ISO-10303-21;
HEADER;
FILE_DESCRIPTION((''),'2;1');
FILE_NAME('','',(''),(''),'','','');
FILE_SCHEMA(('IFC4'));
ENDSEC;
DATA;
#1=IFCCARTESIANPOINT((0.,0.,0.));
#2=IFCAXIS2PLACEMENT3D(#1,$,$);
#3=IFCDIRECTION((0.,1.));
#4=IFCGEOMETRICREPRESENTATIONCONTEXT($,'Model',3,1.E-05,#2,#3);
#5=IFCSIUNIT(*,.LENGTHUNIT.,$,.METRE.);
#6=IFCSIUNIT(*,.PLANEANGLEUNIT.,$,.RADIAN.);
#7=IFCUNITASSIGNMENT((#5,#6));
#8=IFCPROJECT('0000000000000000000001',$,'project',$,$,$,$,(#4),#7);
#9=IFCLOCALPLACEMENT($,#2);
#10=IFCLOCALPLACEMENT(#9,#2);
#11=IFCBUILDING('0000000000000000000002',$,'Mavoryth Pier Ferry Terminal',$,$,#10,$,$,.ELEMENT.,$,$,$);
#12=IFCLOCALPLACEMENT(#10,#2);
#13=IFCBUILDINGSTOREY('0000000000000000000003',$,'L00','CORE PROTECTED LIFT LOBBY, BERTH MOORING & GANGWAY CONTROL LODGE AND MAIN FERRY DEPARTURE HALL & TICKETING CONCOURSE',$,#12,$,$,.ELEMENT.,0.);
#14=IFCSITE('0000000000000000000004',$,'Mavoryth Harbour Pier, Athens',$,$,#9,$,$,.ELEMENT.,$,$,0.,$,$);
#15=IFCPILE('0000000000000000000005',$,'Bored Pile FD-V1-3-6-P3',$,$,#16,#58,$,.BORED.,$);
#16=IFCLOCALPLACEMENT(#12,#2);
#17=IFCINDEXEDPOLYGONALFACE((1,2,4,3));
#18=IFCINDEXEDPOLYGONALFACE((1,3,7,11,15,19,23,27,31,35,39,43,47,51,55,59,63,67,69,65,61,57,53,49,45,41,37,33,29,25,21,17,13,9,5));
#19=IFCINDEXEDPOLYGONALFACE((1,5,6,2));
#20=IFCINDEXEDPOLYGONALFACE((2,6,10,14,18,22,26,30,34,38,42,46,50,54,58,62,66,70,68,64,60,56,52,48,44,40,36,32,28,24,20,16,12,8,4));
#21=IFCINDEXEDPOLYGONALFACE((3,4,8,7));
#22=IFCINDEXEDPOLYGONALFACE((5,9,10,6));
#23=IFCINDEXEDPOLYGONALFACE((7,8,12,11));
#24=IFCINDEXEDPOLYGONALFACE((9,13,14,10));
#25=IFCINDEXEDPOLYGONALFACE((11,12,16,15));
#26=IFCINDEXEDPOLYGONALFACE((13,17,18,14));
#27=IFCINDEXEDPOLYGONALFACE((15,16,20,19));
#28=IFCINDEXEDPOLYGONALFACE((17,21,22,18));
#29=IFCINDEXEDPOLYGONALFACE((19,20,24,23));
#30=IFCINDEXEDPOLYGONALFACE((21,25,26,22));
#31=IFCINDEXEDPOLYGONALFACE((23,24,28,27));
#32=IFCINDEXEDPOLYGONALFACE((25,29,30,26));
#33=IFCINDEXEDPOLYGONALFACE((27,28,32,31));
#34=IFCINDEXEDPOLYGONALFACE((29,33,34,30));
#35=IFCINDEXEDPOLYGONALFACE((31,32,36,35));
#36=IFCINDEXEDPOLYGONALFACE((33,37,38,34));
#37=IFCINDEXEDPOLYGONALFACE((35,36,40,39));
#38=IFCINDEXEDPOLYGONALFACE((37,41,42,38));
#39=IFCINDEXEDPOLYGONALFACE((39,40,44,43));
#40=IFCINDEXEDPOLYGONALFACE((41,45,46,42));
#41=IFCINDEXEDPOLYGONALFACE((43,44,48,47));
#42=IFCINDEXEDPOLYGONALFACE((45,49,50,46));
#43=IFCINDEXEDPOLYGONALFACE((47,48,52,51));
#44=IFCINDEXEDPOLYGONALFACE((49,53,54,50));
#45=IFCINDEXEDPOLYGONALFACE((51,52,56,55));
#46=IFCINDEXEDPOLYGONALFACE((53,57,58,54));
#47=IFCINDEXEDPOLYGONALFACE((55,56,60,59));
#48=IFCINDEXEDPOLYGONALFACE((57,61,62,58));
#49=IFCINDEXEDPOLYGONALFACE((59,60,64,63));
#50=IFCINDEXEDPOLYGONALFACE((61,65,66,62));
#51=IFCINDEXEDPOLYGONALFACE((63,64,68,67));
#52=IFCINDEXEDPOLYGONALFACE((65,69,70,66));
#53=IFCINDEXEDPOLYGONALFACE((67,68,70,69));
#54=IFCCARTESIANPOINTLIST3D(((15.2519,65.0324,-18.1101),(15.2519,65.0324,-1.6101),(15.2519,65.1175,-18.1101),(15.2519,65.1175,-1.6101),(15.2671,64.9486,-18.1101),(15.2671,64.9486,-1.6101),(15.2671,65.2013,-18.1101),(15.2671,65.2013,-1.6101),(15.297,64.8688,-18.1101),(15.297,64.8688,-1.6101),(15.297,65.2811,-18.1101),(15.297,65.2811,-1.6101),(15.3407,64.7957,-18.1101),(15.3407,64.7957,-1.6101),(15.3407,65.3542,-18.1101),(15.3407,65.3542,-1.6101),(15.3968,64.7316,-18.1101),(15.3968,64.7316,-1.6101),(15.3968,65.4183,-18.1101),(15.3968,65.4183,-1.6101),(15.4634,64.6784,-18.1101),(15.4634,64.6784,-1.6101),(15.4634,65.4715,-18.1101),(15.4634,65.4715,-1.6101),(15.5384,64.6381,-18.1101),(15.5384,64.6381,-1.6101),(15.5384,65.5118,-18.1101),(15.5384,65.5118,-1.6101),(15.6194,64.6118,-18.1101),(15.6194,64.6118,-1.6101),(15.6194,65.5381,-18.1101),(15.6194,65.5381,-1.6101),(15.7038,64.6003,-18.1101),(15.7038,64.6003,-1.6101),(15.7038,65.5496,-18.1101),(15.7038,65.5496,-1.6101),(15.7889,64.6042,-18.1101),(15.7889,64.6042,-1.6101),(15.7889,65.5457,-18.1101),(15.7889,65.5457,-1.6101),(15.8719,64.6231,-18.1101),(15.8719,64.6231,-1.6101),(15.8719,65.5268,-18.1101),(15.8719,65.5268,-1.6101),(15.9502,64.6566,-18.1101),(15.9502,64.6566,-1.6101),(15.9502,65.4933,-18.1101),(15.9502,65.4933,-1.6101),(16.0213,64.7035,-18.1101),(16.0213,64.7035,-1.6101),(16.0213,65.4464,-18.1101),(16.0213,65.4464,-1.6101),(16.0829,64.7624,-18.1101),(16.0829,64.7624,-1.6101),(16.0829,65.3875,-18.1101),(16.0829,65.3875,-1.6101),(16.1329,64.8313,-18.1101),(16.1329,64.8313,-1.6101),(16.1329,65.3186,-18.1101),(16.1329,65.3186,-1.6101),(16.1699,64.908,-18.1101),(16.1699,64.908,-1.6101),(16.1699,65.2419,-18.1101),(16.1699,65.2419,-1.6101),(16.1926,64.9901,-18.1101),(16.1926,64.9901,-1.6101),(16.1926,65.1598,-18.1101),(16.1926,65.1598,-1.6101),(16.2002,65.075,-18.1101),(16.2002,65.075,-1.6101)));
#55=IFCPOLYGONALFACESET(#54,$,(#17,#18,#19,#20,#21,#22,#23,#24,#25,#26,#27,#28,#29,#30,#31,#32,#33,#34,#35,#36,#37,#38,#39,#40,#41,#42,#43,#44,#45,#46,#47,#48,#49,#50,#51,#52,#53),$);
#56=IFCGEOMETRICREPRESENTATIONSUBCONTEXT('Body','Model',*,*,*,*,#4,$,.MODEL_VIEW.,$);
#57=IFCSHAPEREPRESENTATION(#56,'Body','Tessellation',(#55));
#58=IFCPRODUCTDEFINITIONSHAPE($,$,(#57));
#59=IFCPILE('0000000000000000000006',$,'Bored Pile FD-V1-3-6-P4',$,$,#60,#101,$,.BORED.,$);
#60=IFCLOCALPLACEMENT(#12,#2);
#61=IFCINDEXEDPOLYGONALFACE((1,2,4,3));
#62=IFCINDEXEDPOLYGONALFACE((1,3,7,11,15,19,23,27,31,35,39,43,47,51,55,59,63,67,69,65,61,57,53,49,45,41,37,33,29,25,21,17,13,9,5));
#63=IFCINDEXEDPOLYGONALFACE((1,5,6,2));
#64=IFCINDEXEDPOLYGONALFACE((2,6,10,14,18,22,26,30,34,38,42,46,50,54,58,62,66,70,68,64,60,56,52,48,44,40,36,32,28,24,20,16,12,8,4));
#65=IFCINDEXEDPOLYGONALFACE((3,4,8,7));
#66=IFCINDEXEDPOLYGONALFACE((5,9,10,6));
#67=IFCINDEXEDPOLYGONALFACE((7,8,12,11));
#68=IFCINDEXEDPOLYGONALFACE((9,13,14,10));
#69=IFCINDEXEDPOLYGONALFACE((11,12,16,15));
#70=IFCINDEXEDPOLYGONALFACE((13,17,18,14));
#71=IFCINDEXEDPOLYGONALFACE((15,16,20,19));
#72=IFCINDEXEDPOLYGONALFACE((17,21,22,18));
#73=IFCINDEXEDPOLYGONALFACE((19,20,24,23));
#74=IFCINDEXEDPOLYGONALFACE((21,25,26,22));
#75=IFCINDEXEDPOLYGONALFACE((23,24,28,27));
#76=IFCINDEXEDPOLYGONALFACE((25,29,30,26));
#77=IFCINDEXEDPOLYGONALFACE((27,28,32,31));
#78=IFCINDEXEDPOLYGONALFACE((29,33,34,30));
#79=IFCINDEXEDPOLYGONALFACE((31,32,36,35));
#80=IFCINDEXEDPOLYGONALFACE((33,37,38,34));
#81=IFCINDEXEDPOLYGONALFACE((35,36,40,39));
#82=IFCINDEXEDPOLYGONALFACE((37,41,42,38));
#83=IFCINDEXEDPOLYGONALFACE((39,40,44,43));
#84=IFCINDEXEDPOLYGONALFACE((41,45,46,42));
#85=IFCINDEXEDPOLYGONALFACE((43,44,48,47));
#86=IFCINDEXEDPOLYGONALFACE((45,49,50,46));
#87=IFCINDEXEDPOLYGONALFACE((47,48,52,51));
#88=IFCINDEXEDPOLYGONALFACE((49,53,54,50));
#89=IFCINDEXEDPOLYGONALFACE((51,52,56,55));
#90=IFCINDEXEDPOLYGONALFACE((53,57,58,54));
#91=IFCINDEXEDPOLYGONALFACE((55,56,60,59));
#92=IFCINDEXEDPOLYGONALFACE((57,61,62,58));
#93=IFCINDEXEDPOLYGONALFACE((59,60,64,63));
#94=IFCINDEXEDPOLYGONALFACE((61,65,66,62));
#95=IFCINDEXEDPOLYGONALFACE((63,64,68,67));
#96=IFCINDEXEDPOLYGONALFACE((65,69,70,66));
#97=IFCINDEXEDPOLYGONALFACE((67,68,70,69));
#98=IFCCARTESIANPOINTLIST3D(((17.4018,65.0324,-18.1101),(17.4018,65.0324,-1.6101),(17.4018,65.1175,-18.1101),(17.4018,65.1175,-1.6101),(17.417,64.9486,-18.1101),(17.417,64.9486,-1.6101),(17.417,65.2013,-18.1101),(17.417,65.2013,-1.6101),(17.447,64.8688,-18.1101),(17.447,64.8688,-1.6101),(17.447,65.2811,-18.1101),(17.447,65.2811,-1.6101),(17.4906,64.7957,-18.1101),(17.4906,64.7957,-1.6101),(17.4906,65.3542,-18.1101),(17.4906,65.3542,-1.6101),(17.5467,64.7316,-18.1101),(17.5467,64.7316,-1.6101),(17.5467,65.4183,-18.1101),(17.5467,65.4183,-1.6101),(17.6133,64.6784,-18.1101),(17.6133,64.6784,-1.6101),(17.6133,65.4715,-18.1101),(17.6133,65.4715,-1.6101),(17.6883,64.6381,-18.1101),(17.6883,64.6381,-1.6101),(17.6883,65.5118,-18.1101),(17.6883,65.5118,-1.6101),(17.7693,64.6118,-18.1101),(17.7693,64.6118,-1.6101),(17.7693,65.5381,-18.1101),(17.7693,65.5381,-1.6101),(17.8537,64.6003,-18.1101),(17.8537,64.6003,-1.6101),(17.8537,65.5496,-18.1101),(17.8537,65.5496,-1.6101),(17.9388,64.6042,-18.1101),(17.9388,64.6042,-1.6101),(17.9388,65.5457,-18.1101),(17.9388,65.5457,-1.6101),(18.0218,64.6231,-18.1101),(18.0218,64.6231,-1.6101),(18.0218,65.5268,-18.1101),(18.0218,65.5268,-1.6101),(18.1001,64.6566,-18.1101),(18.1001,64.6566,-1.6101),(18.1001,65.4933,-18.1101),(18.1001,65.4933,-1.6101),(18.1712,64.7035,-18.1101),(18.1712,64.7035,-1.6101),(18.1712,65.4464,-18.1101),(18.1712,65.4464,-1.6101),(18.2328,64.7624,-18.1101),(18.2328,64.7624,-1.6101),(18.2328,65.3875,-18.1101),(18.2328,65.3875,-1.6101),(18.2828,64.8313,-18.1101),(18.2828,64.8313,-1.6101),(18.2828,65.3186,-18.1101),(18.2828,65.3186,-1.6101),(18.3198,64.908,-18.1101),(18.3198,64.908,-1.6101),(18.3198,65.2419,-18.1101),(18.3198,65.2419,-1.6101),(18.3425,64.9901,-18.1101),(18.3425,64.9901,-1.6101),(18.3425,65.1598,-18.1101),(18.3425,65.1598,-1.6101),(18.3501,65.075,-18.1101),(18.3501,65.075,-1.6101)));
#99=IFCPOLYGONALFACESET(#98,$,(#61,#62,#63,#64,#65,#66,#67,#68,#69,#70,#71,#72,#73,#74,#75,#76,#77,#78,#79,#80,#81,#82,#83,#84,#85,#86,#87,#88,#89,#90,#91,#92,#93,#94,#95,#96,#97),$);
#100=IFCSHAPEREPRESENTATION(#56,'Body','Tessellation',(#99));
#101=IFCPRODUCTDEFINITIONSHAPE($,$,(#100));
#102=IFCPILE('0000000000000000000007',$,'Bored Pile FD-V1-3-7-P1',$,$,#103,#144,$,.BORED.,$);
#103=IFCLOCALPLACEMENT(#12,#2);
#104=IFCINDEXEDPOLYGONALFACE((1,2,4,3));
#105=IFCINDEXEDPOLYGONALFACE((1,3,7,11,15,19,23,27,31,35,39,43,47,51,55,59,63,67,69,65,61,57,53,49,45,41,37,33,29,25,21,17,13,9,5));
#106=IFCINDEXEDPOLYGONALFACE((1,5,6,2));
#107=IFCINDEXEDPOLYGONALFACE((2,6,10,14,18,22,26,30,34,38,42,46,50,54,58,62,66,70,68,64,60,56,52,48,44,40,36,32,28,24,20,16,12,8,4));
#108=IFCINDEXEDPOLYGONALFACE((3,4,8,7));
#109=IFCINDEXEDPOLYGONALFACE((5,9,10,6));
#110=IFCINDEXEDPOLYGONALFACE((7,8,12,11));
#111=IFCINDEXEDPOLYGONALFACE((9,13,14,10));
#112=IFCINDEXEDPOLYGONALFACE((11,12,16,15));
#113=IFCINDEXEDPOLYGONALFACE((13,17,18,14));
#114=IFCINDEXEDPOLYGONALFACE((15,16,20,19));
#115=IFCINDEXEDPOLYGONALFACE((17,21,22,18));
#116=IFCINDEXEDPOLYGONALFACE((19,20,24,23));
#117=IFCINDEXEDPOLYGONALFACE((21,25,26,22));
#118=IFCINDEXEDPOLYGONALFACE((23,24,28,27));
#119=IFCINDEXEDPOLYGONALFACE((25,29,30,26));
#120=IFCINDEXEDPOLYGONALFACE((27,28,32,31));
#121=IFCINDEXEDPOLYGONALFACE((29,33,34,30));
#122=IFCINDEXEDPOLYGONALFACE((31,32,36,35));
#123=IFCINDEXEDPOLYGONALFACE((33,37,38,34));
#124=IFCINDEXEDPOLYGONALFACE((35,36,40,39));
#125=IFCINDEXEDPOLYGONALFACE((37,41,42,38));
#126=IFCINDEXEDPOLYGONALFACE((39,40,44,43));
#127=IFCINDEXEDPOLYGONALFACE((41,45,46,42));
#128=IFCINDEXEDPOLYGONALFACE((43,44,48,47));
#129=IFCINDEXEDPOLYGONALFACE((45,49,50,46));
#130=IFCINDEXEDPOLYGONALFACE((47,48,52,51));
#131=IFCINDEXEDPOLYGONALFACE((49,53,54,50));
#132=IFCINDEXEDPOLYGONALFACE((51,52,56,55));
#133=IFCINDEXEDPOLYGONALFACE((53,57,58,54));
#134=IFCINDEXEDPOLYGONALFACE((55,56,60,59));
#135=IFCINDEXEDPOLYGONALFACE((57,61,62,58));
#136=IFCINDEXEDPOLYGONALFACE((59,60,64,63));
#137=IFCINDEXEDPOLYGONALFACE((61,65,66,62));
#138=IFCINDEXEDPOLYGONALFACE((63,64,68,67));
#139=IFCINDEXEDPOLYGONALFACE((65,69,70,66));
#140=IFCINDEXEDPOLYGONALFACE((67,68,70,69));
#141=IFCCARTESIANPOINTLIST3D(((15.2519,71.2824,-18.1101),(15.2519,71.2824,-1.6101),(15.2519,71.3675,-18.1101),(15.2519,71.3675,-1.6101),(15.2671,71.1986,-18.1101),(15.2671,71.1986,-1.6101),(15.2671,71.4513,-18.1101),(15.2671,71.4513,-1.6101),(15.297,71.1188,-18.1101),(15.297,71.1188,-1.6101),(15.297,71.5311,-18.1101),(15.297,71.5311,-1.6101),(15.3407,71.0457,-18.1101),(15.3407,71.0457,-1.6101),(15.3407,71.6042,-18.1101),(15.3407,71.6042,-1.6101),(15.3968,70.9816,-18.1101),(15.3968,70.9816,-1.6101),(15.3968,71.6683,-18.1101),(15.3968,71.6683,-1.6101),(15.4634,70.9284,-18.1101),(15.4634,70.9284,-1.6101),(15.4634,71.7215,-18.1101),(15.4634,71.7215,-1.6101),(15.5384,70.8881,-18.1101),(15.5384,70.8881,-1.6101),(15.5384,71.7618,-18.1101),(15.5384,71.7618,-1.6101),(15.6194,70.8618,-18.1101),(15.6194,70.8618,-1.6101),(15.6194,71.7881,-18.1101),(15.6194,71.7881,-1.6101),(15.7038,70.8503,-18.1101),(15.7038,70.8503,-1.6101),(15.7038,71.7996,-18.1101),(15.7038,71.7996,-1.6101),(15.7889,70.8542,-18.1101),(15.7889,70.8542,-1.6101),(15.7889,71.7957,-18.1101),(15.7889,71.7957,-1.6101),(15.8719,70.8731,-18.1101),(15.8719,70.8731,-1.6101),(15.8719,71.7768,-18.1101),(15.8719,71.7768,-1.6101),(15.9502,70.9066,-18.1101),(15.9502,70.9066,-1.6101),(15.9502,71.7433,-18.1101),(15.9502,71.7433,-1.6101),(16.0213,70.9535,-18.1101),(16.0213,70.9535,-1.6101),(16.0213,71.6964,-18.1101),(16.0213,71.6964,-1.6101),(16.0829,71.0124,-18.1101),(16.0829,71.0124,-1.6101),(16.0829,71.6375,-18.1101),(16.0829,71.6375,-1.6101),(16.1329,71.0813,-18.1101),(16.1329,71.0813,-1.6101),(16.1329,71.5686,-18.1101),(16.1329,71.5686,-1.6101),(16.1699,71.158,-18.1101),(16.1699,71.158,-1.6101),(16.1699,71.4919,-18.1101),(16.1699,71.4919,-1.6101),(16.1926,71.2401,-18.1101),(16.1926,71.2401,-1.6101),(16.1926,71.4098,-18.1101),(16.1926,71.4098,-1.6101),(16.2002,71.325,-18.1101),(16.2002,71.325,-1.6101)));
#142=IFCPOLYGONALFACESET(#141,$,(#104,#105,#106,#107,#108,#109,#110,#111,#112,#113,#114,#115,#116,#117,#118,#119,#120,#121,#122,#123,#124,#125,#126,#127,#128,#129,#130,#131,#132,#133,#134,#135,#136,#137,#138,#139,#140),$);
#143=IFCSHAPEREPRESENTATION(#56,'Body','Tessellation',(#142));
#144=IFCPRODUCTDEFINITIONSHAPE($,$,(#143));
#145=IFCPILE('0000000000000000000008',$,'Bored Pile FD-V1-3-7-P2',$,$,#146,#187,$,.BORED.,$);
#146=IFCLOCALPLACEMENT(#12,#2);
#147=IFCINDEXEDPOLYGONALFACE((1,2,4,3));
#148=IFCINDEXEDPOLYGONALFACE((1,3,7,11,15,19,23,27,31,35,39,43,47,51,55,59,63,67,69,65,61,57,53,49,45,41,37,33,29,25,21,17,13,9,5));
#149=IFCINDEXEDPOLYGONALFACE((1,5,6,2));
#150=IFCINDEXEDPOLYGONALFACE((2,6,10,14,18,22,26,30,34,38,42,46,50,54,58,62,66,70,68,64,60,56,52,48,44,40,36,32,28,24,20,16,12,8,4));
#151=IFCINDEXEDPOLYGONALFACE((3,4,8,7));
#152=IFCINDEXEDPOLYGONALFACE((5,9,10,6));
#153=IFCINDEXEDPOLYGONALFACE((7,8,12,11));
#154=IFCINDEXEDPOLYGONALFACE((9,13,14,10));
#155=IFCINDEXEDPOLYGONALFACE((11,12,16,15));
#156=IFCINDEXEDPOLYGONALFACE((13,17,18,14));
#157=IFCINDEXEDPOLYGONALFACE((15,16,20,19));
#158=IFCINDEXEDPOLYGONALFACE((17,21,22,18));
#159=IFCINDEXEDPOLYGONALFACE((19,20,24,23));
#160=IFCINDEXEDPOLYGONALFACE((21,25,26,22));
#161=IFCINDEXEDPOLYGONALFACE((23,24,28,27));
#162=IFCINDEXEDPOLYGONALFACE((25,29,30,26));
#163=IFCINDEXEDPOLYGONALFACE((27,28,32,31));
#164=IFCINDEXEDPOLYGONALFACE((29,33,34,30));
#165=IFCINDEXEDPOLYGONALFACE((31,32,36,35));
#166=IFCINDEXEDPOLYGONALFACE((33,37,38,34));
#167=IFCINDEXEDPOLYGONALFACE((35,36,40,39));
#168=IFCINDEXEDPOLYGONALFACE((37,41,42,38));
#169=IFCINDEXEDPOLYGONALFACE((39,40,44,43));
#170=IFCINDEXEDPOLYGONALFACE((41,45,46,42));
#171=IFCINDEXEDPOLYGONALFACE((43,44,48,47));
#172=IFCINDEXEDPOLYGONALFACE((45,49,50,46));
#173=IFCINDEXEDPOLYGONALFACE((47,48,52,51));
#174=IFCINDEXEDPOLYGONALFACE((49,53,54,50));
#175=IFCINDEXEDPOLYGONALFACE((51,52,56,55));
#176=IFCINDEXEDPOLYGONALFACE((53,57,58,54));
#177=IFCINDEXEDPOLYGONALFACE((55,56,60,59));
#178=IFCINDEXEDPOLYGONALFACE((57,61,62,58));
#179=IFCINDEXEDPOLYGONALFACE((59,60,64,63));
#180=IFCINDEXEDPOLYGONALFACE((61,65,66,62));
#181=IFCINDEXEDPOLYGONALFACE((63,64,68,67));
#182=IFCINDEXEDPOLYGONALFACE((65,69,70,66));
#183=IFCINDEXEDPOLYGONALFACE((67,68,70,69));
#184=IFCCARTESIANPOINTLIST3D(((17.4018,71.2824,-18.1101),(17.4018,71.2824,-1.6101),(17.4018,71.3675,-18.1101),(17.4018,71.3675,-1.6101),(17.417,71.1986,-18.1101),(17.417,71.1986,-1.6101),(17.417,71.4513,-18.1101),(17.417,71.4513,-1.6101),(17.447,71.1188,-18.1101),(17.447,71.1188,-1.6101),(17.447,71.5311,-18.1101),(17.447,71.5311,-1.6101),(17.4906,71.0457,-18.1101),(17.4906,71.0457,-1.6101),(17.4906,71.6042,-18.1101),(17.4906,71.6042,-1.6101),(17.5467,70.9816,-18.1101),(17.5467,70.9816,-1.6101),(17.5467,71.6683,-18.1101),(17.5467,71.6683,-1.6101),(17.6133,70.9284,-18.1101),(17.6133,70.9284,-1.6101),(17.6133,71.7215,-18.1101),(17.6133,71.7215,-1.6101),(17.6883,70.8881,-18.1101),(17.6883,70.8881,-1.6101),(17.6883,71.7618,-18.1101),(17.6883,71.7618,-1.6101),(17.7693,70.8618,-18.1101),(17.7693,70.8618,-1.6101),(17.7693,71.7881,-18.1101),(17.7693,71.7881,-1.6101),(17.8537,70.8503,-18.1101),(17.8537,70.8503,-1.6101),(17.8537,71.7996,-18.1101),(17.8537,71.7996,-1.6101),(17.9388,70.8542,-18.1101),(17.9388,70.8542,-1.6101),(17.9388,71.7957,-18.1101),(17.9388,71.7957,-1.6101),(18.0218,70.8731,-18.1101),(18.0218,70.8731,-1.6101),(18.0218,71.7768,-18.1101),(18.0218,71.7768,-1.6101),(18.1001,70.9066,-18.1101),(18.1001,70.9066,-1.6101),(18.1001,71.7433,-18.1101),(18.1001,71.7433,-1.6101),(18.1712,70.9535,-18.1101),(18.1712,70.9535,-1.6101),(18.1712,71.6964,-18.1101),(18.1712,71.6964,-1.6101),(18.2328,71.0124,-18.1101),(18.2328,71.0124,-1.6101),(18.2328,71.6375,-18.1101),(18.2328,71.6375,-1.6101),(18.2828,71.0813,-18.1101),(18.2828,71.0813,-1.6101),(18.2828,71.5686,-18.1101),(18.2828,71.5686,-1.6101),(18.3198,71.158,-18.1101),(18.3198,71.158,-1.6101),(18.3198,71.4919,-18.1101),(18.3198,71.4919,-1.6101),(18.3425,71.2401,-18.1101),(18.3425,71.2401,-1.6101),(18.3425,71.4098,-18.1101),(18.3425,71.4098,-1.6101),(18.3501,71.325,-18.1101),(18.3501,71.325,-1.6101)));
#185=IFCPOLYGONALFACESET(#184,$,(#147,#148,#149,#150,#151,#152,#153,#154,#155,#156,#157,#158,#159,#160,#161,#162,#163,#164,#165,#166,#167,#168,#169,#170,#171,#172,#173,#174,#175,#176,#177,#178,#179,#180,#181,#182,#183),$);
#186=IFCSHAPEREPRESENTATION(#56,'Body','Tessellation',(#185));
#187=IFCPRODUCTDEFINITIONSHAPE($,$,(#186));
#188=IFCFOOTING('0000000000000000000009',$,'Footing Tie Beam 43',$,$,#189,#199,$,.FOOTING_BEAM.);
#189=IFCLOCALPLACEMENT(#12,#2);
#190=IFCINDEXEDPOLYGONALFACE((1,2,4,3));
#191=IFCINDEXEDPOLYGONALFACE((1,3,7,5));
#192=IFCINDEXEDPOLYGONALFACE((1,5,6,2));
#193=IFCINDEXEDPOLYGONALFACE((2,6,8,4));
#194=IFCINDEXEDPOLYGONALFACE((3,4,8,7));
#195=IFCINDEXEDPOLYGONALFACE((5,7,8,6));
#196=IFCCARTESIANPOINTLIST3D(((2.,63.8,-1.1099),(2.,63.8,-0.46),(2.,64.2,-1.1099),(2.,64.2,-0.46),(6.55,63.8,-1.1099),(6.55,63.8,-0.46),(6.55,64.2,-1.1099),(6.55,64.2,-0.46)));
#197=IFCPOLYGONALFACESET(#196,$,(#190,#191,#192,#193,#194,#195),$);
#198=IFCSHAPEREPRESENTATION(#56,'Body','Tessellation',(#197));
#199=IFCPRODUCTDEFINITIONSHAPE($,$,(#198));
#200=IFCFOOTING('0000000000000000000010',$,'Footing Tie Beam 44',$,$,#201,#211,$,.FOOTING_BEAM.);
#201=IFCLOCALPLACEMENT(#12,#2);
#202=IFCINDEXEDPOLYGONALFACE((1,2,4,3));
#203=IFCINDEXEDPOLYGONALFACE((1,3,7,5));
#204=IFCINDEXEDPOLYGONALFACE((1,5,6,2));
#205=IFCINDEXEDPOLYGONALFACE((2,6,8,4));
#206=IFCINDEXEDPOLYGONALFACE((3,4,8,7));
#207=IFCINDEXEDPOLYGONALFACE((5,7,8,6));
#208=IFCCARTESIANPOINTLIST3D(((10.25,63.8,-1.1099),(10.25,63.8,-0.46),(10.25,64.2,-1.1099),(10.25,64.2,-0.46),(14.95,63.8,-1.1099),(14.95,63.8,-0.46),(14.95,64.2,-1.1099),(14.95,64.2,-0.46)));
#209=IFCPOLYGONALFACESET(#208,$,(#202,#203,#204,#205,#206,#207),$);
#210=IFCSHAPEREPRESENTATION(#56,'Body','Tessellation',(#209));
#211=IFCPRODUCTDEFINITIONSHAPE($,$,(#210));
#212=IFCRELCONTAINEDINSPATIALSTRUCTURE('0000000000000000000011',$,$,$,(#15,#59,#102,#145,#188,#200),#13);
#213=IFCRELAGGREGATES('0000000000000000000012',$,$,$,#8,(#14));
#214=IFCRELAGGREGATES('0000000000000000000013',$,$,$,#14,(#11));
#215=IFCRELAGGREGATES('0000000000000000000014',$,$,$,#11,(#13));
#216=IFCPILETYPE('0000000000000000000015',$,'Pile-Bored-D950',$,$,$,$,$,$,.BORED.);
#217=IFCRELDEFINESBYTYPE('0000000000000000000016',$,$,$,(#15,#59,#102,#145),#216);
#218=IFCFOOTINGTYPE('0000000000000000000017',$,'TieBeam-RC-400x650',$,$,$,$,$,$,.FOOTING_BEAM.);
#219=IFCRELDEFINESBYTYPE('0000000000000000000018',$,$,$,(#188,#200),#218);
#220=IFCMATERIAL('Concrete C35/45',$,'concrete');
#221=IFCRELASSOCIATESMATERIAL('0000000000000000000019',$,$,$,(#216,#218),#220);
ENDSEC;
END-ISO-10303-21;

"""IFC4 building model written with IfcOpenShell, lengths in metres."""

from ifc_helpers import new_model, si_unit, direction, frame, origin, origin_2d, place, context, subcontext, project, spatial, rectangle, circle, extrude, material, material_profile, profile_set, type_object, element, save


model = new_model("IFC4")

# Units and contexts
model_context = context("Model", 3, precision=1e-05, world=origin(), true_north=direction((0.0, 1.0)))
body_context = subcontext(model_context, "Body", "Model", "MODEL_VIEW")
ifc_project = project(units=[si_unit("LENGTHUNIT", "METRE"), si_unit("PLANEANGLEUNIT", "RADIAN")], contexts=[model_context])

# Site, building, storey
site_placement = place(None, origin())
site = spatial("IfcSite", under=ifc_project, at=site_placement, Name="Mavoryth Harbour Pier, Athens", CompositionType="ELEMENT", RefElevation=0.0)
building_placement = place(site_placement, origin())
building = spatial("IfcBuilding", under=site, at=building_placement, Name="Mavoryth Pier Ferry Terminal", CompositionType="ELEMENT")
storey_placement = place(building_placement, origin())
storey = spatial("IfcBuildingStorey", under=building, at=storey_placement, Name="L00", Description="CORE PROTECTED LIFT LOBBY, BERTH MOORING & GANGWAY CONTROL LODGE AND MAIN FERRY DEPARTURE HALL & TICKETING CONCOURSE", CompositionType="ELEMENT", Elevation=0.0)

# Shared definitions
ifc_material_1 = material(Name="Concrete C35/45", Category="concrete")

# Piles
ifc_material_profile_1 = material_profile(ifc_material_1, circle(Radius=0.4751, at=origin_2d()), Name="PILE D950", Category="concrete")
ifc_profile_set_1 = profile_set([ifc_material_profile_1], Name="Concrete C35/45 - PILE D950")
pile_type_1 = type_object("IfcPileType", Name="Pile-Bored-D950", PredefinedType="BORED", material=ifc_profile_set_1)
for number, where, z_axis, x_axis, name in (
    (1, (15.7251, 65.075, -1.6101), (0.0, 0.0, -1.0), (1.0, 0.0, 0.0), "Bored Pile FD-V1-3-6-P3"),
    (2, (17.875, 65.075, -1.6101), (0.0, 0.0, -1.0), (1.0, 0.0, 0.0), "Bored Pile FD-V1-3-6-P4"),
    (3, (15.7251, 71.325, -1.6101), (0.0, 0.0, -1.0), (1.0, 0.0, 0.0), "Bored Pile FD-V1-3-7-P1"),
    (4, (17.875, 71.325, -1.6101), (0.0, 0.0, -1.0), (1.0, 0.0, 0.0), "Bored Pile FD-V1-3-7-P2"),
):
    element("IfcPile", number, at=place(storey_placement, frame(where, z_axis=z_axis, x_axis=x_axis)), inside=storey, type_object=pile_type_1, Name=name, PredefinedType="BORED", context=body_context, shape_type="SweptSolid", body=[
        extrude(circle(Radius=0.4751, at=origin_2d()), origin(), (0.0, 0.0, 1.0), 16.5),
    ])

# Footings
ifc_material_profile_2 = material_profile(ifc_material_1, rectangle(XDim=0.3999, YDim=0.6499, at=origin_2d()), Name="RC 400x650", Category="concrete")
ifc_profile_set_2 = profile_set([ifc_material_profile_2], Name="Concrete C35/45 - RC 400x650")
footing_type_1 = type_object("IfcFootingType", Name="TieBeam-RC-400x650", PredefinedType="FOOTING_BEAM", material=ifc_profile_set_2)
footing_1_placement = place(storey_placement, frame((2.0, 64.0, -0.7849), z_axis=(1.0, 0.0, 0.0), x_axis=(0.0, 1.0, 0.0)))
element("IfcFooting", 5, at=footing_1_placement, inside=storey, type_object=footing_type_1, Name="Footing Tie Beam 43", PredefinedType="FOOTING_BEAM", context=body_context, shape_type="SweptSolid", body=[
    extrude(rectangle(XDim=0.3999, YDim=0.6499, at=origin_2d()), origin(), (0.0, 0.0, 1.0), 4.55),
])
footing_2_placement = place(storey_placement, frame((10.25, 64.0, -0.7849), z_axis=(1.0, 0.0, 0.0), x_axis=(0.0, 1.0, 0.0)))
element("IfcFooting", 6, at=footing_2_placement, inside=storey, type_object=footing_type_1, Name="Footing Tie Beam 44", PredefinedType="FOOTING_BEAM", context=body_context, shape_type="SweptSolid", body=[
    extrude(rectangle(XDim=0.3999, YDim=0.6499, at=origin_2d()), origin(), (0.0, 0.0, 1.0), 4.7),
])

save(model, "model.ifc")
